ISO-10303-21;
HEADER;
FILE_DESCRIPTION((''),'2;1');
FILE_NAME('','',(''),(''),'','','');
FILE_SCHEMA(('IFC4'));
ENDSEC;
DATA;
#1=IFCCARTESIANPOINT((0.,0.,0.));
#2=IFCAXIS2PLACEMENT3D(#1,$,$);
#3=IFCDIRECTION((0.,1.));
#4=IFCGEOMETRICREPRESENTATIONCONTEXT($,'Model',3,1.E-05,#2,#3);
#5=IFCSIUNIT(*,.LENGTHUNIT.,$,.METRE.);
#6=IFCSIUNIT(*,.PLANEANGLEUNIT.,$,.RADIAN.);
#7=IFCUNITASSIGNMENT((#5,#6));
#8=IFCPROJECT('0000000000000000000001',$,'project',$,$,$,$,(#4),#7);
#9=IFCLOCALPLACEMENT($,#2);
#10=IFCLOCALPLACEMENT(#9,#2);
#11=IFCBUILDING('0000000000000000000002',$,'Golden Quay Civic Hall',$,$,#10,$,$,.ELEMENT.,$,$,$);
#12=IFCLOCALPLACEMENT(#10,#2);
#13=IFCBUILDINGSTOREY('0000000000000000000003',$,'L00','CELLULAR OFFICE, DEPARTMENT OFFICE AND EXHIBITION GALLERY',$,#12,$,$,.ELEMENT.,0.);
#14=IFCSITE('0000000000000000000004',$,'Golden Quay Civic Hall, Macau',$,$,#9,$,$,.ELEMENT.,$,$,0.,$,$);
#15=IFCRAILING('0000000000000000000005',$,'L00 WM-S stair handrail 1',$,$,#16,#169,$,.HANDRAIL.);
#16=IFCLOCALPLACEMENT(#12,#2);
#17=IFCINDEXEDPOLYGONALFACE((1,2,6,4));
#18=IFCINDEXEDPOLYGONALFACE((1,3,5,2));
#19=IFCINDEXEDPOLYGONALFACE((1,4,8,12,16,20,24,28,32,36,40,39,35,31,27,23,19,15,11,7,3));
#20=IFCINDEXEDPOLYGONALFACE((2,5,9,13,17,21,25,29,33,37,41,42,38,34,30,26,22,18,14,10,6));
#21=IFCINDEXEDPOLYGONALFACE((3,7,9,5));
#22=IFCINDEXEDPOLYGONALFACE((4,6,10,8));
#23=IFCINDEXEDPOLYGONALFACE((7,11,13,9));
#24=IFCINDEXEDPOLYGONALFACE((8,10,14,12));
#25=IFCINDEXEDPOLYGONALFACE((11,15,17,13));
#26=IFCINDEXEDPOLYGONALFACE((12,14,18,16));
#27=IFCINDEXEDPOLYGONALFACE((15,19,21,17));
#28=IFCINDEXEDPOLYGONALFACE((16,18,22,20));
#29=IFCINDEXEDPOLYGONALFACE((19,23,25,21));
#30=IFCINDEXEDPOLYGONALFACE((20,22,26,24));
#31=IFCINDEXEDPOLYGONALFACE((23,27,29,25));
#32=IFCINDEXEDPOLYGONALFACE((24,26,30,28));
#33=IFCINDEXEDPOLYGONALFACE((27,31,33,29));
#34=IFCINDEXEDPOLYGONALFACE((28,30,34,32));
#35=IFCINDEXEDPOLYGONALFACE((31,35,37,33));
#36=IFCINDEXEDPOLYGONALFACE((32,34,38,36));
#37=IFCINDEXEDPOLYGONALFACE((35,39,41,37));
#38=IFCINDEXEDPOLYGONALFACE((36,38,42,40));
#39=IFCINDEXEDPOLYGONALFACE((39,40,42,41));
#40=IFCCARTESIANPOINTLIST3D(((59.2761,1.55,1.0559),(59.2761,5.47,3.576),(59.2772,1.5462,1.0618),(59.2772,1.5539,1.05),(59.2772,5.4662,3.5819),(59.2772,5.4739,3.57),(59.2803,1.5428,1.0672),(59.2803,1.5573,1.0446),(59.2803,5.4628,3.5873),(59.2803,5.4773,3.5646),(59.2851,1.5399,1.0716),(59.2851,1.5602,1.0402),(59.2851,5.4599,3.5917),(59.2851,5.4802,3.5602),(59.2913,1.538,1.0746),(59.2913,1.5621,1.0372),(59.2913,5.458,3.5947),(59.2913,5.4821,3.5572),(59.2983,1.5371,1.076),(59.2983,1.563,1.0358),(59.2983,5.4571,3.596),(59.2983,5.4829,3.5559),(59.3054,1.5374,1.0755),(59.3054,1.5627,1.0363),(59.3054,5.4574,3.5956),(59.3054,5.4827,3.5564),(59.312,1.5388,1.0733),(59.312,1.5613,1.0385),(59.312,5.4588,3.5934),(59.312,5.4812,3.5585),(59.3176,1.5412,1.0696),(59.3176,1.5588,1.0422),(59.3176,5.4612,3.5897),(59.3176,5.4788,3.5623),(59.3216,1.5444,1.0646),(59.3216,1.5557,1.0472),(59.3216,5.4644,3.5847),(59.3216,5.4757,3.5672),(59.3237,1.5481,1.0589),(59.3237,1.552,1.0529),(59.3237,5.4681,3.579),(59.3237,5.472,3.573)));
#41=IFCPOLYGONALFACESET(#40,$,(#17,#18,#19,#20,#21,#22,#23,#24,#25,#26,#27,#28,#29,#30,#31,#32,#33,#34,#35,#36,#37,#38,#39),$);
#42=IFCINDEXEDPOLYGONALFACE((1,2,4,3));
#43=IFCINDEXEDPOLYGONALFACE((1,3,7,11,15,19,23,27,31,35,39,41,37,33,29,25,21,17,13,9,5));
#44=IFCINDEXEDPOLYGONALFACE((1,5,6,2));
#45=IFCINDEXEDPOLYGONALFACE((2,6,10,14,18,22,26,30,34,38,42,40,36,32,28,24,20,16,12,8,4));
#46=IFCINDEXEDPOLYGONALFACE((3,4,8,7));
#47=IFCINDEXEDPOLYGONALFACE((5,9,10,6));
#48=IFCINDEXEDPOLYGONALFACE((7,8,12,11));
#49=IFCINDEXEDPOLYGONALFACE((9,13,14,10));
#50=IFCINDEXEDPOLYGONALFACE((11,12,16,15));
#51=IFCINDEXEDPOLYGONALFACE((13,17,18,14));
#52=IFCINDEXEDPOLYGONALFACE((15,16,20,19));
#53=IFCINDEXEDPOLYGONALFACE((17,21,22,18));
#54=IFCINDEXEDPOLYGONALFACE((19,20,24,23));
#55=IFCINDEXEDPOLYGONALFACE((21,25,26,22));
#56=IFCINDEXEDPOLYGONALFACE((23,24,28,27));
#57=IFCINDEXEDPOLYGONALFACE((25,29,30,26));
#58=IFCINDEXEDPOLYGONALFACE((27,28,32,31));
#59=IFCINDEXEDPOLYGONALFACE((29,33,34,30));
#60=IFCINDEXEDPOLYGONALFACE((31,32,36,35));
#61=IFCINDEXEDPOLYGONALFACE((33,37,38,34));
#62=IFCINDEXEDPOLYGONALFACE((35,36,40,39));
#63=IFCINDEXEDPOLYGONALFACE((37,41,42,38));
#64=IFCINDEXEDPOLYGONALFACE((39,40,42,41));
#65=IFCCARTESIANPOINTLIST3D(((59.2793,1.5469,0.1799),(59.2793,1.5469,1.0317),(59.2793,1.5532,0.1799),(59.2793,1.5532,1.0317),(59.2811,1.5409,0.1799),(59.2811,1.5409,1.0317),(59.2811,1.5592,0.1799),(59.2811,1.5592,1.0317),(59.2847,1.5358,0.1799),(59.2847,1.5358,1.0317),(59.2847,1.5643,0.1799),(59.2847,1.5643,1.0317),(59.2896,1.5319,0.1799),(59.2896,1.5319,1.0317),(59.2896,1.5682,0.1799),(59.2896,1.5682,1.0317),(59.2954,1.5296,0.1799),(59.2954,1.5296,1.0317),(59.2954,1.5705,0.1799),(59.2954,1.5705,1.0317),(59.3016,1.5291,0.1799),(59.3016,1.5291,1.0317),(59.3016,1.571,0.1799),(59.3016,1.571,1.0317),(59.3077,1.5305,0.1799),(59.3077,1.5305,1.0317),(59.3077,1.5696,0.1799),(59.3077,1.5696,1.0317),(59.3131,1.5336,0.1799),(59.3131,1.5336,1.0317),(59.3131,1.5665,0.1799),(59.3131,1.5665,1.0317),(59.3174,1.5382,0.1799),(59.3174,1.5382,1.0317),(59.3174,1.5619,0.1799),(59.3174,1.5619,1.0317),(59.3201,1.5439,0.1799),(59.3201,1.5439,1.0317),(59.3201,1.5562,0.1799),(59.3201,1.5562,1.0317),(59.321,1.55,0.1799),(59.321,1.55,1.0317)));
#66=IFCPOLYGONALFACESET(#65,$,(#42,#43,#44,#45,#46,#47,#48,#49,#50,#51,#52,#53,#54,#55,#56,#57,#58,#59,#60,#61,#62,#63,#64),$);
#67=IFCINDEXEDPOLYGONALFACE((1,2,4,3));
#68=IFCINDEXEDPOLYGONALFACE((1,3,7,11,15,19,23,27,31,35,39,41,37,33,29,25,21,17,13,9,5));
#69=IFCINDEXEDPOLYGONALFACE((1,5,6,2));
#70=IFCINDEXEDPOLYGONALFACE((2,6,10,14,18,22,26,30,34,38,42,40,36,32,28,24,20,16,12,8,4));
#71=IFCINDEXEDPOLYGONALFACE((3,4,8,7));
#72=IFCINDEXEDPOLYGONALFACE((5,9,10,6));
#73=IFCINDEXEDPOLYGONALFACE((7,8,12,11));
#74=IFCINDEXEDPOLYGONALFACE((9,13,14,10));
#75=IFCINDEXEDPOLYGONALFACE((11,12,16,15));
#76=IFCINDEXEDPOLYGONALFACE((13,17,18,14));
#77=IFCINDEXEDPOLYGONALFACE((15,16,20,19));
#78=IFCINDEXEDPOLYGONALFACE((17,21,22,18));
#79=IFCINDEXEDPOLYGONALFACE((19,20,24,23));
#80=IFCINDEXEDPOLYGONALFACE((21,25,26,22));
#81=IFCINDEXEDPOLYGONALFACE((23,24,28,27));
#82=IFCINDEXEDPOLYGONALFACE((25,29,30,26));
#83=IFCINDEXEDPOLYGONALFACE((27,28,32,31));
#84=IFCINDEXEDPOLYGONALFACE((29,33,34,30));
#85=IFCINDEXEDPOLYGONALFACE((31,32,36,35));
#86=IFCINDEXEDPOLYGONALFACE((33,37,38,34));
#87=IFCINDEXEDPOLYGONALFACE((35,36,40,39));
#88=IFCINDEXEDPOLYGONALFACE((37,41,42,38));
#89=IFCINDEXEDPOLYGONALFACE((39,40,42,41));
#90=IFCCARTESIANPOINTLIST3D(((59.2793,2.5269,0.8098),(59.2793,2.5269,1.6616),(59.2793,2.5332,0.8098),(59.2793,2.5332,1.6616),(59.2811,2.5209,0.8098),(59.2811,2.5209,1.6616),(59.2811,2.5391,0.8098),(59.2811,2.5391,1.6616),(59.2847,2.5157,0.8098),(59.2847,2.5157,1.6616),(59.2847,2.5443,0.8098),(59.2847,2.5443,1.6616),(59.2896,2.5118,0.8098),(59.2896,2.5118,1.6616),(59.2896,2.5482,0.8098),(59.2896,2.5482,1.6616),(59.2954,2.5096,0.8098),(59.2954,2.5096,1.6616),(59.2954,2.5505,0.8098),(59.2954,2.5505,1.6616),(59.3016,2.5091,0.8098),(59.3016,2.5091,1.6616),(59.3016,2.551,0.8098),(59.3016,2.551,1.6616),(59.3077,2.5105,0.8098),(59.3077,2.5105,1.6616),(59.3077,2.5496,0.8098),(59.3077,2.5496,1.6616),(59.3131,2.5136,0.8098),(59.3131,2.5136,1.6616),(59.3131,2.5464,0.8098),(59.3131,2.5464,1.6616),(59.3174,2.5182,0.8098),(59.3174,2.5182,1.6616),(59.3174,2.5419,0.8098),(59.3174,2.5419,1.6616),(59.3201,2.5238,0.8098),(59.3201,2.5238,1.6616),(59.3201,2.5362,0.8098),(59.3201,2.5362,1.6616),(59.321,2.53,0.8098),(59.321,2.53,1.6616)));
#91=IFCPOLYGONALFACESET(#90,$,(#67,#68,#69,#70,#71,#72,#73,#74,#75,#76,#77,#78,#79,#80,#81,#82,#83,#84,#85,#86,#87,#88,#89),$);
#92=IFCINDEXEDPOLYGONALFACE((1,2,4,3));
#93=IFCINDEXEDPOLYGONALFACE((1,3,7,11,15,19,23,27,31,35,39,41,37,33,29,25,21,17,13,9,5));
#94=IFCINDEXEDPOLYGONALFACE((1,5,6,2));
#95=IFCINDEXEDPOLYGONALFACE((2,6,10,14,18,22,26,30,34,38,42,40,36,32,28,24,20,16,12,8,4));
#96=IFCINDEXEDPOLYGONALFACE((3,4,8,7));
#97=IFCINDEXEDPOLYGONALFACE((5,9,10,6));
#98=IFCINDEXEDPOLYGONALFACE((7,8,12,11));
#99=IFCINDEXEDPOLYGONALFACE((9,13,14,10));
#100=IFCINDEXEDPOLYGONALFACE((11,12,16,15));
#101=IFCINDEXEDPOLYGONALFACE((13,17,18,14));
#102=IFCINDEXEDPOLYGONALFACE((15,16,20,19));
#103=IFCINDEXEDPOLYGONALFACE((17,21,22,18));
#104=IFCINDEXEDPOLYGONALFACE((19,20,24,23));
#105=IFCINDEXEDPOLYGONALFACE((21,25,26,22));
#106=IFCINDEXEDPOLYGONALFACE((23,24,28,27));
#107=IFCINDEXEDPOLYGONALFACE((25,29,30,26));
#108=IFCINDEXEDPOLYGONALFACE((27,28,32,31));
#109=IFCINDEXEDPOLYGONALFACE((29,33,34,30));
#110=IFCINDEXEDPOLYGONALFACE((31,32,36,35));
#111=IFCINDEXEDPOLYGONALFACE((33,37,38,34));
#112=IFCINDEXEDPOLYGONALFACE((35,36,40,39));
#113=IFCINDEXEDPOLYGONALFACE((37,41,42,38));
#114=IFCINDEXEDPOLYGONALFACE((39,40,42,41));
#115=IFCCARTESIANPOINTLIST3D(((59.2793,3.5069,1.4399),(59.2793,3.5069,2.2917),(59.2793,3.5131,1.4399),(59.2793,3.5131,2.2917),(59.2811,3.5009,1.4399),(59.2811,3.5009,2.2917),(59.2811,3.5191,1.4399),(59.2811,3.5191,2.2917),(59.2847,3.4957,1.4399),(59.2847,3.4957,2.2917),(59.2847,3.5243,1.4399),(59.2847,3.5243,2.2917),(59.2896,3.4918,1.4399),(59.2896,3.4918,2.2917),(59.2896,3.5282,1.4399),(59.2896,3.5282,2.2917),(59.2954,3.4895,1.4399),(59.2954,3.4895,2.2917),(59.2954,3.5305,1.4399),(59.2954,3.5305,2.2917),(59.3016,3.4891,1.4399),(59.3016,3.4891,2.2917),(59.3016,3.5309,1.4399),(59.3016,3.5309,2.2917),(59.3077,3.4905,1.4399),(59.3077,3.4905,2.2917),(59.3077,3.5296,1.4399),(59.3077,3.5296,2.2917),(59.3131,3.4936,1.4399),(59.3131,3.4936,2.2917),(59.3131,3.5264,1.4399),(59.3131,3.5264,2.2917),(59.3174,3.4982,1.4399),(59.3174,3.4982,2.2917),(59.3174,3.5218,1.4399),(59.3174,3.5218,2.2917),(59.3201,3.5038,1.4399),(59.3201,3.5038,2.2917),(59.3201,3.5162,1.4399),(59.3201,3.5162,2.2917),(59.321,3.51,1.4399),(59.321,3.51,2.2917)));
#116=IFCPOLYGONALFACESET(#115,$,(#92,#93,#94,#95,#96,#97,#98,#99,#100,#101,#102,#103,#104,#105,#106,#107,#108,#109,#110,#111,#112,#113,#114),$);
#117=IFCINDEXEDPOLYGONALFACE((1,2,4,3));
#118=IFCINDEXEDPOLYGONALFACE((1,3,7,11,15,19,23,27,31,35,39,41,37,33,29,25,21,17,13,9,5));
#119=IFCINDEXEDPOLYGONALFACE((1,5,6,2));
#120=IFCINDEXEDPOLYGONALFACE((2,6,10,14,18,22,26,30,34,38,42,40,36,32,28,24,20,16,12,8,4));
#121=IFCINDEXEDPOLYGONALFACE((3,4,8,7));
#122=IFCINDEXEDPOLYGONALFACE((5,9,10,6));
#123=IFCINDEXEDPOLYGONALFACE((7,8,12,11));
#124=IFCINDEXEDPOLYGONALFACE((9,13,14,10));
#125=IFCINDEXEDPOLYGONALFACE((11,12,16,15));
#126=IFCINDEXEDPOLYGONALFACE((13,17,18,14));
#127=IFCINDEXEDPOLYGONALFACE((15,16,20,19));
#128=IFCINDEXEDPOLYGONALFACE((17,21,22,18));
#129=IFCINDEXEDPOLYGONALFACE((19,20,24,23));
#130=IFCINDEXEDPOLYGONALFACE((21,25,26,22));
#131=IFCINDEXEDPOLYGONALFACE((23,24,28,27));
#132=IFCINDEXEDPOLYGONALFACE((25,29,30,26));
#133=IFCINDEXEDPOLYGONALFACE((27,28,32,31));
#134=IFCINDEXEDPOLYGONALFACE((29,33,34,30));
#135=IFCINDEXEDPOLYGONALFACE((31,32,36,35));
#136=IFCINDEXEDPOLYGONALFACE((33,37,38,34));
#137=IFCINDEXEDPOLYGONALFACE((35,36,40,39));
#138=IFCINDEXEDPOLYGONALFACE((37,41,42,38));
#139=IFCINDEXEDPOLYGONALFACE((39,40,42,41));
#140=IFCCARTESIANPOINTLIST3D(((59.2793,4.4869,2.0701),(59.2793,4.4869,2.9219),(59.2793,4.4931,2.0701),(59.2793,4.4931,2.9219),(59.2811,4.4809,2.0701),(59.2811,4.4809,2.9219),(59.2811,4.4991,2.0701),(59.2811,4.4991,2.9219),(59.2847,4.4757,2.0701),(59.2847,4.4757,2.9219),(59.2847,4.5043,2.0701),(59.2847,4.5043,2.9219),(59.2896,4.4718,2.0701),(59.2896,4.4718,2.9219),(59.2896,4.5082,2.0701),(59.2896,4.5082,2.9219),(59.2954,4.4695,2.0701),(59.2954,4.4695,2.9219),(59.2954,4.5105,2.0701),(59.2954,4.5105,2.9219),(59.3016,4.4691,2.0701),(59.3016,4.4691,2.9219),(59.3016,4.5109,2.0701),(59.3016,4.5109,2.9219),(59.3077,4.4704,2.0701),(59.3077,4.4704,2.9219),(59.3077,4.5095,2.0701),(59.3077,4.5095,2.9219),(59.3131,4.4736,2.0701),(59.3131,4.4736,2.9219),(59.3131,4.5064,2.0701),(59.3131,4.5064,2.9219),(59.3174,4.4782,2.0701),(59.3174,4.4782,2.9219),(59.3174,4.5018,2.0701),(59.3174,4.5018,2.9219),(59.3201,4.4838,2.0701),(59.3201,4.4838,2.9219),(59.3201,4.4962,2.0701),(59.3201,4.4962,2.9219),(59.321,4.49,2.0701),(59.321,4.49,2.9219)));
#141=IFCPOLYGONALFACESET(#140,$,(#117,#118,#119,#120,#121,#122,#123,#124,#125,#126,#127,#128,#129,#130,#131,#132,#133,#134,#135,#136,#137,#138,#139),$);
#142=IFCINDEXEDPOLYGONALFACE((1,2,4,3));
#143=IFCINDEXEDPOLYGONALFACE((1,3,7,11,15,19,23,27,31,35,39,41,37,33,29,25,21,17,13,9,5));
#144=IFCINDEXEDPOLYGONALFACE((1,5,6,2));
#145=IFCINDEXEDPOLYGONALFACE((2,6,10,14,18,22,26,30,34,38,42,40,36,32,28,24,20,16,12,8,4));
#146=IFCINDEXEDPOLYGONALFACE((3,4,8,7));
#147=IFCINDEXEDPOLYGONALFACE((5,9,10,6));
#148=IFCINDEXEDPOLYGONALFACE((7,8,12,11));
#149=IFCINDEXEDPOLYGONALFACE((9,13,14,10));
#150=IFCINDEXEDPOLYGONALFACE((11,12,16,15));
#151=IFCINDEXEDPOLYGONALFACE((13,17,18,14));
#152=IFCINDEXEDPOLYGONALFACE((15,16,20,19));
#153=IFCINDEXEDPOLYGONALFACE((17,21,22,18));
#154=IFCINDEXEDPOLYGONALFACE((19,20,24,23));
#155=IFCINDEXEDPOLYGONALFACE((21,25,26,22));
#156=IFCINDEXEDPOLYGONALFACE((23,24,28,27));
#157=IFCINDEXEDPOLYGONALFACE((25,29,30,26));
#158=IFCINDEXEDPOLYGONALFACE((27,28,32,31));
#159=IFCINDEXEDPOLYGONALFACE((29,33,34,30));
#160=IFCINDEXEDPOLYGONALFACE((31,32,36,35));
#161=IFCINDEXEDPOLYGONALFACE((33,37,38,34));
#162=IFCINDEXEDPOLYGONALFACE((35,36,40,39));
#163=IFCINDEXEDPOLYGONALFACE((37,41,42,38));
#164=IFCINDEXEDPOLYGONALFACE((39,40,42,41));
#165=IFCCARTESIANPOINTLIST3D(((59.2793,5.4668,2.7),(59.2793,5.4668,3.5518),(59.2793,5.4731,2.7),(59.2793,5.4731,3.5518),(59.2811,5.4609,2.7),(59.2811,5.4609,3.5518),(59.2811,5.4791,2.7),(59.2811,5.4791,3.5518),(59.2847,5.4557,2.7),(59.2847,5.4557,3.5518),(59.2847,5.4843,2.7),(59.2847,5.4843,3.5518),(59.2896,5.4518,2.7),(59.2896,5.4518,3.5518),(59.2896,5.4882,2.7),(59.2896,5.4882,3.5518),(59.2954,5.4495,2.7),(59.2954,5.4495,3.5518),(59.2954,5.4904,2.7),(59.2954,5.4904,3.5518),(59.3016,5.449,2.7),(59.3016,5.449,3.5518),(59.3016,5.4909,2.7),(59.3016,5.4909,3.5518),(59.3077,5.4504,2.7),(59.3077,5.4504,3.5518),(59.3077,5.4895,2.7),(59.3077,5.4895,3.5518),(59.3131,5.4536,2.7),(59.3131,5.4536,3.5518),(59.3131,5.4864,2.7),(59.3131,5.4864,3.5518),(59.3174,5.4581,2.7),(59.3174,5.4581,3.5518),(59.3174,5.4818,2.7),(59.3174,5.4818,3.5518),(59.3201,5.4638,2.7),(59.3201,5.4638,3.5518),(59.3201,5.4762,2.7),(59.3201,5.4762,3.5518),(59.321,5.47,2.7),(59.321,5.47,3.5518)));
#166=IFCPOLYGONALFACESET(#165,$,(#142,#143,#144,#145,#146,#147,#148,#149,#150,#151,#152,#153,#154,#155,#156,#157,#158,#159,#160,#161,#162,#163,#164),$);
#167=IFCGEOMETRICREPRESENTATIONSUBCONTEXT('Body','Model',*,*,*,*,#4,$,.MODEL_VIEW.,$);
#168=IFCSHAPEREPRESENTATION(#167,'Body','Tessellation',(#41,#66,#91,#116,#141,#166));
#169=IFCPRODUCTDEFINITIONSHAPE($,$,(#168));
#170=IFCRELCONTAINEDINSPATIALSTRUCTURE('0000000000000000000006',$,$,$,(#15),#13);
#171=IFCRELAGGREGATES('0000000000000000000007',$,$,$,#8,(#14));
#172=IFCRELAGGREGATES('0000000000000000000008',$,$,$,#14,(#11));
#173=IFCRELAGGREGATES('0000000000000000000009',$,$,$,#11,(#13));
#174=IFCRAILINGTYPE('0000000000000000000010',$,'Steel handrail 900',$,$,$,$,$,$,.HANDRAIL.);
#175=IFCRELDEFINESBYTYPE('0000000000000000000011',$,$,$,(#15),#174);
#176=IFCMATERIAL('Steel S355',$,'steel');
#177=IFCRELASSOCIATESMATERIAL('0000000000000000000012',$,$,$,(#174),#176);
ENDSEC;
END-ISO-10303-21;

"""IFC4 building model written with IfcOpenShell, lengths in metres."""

from ifc_helpers import new_model, si_unit, direction, frame, origin, origin_2d, place, context, subcontext, project, spatial, circle, extrude, material, type_object, element, save


model = new_model("IFC4")

# Units and contexts
model_context = context("Model", 3, precision=1e-05, world=origin(), true_north=direction((0.0, 1.0)))
body_context = subcontext(model_context, "Body", "Model", "MODEL_VIEW")
ifc_project = project(units=[si_unit("LENGTHUNIT", "METRE"), si_unit("PLANEANGLEUNIT", "RADIAN")], contexts=[model_context])

# Site, building, storey
site_placement = place(None, origin())
site = spatial("IfcSite", under=ifc_project, at=site_placement, Name="Golden Quay Civic Hall, Macau", CompositionType="ELEMENT", RefElevation=0.0)
building_placement = place(site_placement, origin())
building = spatial("IfcBuilding", under=site, at=building_placement, Name="Golden Quay Civic Hall", CompositionType="ELEMENT")
storey_placement = place(building_placement, origin())
storey = spatial("IfcBuildingStorey", under=building, at=storey_placement, Name="L00", Description="CELLULAR OFFICE, DEPARTMENT OFFICE AND EXHIBITION GALLERY", CompositionType="ELEMENT", Elevation=0.0)

# Railing
ifc_material_1 = material(Name="Steel S355", Category="steel")
railing_type_1 = type_object("IfcRailingType", Name="Steel handrail 900", PredefinedType="HANDRAIL", material=ifc_material_1)
railing_1_placement = place(storey_placement, frame((59.3, 1.55, 0.1799)))
element("IfcRailing", 1, at=railing_1_placement, inside=storey, type_object=railing_type_1, Name="L00 WM-S stair handrail 1", PredefinedType="HANDRAIL", context=body_context, shape_type="SweptSolid", body=[
    extrude(circle(Radius=0.0239, at=origin_2d()), frame((0.0, 0.0, 0.876), z_axis=(0.0, 0.841172, 0.540768), x_axis=(-1.0, 0.0, 0.0)), (0.0, 0.0, 1.0), 4.6602),
    extrude(circle(Radius=0.021, at=origin_2d()), origin(), (0.0, 0.0, 1.0), 0.8518),
    extrude(circle(Radius=0.021, at=origin_2d()), frame((0.0, 0.98, 0.6299)), (0.0, 0.0, 1.0), 0.8518),
    extrude(circle(Radius=0.021, at=origin_2d()), frame((0.0, 1.96, 1.26)), (0.0, 0.0, 1.0), 0.8518),
    extrude(circle(Radius=0.021, at=origin_2d()), frame((0.0, 2.9399, 1.8901)), (0.0, 0.0, 1.0), 0.8518),
    extrude(circle(Radius=0.021, at=origin_2d()), frame((0.0, 3.9199, 2.52)), (0.0, 0.0, 1.0), 0.8518),
])

save(model, "model.ifc")
